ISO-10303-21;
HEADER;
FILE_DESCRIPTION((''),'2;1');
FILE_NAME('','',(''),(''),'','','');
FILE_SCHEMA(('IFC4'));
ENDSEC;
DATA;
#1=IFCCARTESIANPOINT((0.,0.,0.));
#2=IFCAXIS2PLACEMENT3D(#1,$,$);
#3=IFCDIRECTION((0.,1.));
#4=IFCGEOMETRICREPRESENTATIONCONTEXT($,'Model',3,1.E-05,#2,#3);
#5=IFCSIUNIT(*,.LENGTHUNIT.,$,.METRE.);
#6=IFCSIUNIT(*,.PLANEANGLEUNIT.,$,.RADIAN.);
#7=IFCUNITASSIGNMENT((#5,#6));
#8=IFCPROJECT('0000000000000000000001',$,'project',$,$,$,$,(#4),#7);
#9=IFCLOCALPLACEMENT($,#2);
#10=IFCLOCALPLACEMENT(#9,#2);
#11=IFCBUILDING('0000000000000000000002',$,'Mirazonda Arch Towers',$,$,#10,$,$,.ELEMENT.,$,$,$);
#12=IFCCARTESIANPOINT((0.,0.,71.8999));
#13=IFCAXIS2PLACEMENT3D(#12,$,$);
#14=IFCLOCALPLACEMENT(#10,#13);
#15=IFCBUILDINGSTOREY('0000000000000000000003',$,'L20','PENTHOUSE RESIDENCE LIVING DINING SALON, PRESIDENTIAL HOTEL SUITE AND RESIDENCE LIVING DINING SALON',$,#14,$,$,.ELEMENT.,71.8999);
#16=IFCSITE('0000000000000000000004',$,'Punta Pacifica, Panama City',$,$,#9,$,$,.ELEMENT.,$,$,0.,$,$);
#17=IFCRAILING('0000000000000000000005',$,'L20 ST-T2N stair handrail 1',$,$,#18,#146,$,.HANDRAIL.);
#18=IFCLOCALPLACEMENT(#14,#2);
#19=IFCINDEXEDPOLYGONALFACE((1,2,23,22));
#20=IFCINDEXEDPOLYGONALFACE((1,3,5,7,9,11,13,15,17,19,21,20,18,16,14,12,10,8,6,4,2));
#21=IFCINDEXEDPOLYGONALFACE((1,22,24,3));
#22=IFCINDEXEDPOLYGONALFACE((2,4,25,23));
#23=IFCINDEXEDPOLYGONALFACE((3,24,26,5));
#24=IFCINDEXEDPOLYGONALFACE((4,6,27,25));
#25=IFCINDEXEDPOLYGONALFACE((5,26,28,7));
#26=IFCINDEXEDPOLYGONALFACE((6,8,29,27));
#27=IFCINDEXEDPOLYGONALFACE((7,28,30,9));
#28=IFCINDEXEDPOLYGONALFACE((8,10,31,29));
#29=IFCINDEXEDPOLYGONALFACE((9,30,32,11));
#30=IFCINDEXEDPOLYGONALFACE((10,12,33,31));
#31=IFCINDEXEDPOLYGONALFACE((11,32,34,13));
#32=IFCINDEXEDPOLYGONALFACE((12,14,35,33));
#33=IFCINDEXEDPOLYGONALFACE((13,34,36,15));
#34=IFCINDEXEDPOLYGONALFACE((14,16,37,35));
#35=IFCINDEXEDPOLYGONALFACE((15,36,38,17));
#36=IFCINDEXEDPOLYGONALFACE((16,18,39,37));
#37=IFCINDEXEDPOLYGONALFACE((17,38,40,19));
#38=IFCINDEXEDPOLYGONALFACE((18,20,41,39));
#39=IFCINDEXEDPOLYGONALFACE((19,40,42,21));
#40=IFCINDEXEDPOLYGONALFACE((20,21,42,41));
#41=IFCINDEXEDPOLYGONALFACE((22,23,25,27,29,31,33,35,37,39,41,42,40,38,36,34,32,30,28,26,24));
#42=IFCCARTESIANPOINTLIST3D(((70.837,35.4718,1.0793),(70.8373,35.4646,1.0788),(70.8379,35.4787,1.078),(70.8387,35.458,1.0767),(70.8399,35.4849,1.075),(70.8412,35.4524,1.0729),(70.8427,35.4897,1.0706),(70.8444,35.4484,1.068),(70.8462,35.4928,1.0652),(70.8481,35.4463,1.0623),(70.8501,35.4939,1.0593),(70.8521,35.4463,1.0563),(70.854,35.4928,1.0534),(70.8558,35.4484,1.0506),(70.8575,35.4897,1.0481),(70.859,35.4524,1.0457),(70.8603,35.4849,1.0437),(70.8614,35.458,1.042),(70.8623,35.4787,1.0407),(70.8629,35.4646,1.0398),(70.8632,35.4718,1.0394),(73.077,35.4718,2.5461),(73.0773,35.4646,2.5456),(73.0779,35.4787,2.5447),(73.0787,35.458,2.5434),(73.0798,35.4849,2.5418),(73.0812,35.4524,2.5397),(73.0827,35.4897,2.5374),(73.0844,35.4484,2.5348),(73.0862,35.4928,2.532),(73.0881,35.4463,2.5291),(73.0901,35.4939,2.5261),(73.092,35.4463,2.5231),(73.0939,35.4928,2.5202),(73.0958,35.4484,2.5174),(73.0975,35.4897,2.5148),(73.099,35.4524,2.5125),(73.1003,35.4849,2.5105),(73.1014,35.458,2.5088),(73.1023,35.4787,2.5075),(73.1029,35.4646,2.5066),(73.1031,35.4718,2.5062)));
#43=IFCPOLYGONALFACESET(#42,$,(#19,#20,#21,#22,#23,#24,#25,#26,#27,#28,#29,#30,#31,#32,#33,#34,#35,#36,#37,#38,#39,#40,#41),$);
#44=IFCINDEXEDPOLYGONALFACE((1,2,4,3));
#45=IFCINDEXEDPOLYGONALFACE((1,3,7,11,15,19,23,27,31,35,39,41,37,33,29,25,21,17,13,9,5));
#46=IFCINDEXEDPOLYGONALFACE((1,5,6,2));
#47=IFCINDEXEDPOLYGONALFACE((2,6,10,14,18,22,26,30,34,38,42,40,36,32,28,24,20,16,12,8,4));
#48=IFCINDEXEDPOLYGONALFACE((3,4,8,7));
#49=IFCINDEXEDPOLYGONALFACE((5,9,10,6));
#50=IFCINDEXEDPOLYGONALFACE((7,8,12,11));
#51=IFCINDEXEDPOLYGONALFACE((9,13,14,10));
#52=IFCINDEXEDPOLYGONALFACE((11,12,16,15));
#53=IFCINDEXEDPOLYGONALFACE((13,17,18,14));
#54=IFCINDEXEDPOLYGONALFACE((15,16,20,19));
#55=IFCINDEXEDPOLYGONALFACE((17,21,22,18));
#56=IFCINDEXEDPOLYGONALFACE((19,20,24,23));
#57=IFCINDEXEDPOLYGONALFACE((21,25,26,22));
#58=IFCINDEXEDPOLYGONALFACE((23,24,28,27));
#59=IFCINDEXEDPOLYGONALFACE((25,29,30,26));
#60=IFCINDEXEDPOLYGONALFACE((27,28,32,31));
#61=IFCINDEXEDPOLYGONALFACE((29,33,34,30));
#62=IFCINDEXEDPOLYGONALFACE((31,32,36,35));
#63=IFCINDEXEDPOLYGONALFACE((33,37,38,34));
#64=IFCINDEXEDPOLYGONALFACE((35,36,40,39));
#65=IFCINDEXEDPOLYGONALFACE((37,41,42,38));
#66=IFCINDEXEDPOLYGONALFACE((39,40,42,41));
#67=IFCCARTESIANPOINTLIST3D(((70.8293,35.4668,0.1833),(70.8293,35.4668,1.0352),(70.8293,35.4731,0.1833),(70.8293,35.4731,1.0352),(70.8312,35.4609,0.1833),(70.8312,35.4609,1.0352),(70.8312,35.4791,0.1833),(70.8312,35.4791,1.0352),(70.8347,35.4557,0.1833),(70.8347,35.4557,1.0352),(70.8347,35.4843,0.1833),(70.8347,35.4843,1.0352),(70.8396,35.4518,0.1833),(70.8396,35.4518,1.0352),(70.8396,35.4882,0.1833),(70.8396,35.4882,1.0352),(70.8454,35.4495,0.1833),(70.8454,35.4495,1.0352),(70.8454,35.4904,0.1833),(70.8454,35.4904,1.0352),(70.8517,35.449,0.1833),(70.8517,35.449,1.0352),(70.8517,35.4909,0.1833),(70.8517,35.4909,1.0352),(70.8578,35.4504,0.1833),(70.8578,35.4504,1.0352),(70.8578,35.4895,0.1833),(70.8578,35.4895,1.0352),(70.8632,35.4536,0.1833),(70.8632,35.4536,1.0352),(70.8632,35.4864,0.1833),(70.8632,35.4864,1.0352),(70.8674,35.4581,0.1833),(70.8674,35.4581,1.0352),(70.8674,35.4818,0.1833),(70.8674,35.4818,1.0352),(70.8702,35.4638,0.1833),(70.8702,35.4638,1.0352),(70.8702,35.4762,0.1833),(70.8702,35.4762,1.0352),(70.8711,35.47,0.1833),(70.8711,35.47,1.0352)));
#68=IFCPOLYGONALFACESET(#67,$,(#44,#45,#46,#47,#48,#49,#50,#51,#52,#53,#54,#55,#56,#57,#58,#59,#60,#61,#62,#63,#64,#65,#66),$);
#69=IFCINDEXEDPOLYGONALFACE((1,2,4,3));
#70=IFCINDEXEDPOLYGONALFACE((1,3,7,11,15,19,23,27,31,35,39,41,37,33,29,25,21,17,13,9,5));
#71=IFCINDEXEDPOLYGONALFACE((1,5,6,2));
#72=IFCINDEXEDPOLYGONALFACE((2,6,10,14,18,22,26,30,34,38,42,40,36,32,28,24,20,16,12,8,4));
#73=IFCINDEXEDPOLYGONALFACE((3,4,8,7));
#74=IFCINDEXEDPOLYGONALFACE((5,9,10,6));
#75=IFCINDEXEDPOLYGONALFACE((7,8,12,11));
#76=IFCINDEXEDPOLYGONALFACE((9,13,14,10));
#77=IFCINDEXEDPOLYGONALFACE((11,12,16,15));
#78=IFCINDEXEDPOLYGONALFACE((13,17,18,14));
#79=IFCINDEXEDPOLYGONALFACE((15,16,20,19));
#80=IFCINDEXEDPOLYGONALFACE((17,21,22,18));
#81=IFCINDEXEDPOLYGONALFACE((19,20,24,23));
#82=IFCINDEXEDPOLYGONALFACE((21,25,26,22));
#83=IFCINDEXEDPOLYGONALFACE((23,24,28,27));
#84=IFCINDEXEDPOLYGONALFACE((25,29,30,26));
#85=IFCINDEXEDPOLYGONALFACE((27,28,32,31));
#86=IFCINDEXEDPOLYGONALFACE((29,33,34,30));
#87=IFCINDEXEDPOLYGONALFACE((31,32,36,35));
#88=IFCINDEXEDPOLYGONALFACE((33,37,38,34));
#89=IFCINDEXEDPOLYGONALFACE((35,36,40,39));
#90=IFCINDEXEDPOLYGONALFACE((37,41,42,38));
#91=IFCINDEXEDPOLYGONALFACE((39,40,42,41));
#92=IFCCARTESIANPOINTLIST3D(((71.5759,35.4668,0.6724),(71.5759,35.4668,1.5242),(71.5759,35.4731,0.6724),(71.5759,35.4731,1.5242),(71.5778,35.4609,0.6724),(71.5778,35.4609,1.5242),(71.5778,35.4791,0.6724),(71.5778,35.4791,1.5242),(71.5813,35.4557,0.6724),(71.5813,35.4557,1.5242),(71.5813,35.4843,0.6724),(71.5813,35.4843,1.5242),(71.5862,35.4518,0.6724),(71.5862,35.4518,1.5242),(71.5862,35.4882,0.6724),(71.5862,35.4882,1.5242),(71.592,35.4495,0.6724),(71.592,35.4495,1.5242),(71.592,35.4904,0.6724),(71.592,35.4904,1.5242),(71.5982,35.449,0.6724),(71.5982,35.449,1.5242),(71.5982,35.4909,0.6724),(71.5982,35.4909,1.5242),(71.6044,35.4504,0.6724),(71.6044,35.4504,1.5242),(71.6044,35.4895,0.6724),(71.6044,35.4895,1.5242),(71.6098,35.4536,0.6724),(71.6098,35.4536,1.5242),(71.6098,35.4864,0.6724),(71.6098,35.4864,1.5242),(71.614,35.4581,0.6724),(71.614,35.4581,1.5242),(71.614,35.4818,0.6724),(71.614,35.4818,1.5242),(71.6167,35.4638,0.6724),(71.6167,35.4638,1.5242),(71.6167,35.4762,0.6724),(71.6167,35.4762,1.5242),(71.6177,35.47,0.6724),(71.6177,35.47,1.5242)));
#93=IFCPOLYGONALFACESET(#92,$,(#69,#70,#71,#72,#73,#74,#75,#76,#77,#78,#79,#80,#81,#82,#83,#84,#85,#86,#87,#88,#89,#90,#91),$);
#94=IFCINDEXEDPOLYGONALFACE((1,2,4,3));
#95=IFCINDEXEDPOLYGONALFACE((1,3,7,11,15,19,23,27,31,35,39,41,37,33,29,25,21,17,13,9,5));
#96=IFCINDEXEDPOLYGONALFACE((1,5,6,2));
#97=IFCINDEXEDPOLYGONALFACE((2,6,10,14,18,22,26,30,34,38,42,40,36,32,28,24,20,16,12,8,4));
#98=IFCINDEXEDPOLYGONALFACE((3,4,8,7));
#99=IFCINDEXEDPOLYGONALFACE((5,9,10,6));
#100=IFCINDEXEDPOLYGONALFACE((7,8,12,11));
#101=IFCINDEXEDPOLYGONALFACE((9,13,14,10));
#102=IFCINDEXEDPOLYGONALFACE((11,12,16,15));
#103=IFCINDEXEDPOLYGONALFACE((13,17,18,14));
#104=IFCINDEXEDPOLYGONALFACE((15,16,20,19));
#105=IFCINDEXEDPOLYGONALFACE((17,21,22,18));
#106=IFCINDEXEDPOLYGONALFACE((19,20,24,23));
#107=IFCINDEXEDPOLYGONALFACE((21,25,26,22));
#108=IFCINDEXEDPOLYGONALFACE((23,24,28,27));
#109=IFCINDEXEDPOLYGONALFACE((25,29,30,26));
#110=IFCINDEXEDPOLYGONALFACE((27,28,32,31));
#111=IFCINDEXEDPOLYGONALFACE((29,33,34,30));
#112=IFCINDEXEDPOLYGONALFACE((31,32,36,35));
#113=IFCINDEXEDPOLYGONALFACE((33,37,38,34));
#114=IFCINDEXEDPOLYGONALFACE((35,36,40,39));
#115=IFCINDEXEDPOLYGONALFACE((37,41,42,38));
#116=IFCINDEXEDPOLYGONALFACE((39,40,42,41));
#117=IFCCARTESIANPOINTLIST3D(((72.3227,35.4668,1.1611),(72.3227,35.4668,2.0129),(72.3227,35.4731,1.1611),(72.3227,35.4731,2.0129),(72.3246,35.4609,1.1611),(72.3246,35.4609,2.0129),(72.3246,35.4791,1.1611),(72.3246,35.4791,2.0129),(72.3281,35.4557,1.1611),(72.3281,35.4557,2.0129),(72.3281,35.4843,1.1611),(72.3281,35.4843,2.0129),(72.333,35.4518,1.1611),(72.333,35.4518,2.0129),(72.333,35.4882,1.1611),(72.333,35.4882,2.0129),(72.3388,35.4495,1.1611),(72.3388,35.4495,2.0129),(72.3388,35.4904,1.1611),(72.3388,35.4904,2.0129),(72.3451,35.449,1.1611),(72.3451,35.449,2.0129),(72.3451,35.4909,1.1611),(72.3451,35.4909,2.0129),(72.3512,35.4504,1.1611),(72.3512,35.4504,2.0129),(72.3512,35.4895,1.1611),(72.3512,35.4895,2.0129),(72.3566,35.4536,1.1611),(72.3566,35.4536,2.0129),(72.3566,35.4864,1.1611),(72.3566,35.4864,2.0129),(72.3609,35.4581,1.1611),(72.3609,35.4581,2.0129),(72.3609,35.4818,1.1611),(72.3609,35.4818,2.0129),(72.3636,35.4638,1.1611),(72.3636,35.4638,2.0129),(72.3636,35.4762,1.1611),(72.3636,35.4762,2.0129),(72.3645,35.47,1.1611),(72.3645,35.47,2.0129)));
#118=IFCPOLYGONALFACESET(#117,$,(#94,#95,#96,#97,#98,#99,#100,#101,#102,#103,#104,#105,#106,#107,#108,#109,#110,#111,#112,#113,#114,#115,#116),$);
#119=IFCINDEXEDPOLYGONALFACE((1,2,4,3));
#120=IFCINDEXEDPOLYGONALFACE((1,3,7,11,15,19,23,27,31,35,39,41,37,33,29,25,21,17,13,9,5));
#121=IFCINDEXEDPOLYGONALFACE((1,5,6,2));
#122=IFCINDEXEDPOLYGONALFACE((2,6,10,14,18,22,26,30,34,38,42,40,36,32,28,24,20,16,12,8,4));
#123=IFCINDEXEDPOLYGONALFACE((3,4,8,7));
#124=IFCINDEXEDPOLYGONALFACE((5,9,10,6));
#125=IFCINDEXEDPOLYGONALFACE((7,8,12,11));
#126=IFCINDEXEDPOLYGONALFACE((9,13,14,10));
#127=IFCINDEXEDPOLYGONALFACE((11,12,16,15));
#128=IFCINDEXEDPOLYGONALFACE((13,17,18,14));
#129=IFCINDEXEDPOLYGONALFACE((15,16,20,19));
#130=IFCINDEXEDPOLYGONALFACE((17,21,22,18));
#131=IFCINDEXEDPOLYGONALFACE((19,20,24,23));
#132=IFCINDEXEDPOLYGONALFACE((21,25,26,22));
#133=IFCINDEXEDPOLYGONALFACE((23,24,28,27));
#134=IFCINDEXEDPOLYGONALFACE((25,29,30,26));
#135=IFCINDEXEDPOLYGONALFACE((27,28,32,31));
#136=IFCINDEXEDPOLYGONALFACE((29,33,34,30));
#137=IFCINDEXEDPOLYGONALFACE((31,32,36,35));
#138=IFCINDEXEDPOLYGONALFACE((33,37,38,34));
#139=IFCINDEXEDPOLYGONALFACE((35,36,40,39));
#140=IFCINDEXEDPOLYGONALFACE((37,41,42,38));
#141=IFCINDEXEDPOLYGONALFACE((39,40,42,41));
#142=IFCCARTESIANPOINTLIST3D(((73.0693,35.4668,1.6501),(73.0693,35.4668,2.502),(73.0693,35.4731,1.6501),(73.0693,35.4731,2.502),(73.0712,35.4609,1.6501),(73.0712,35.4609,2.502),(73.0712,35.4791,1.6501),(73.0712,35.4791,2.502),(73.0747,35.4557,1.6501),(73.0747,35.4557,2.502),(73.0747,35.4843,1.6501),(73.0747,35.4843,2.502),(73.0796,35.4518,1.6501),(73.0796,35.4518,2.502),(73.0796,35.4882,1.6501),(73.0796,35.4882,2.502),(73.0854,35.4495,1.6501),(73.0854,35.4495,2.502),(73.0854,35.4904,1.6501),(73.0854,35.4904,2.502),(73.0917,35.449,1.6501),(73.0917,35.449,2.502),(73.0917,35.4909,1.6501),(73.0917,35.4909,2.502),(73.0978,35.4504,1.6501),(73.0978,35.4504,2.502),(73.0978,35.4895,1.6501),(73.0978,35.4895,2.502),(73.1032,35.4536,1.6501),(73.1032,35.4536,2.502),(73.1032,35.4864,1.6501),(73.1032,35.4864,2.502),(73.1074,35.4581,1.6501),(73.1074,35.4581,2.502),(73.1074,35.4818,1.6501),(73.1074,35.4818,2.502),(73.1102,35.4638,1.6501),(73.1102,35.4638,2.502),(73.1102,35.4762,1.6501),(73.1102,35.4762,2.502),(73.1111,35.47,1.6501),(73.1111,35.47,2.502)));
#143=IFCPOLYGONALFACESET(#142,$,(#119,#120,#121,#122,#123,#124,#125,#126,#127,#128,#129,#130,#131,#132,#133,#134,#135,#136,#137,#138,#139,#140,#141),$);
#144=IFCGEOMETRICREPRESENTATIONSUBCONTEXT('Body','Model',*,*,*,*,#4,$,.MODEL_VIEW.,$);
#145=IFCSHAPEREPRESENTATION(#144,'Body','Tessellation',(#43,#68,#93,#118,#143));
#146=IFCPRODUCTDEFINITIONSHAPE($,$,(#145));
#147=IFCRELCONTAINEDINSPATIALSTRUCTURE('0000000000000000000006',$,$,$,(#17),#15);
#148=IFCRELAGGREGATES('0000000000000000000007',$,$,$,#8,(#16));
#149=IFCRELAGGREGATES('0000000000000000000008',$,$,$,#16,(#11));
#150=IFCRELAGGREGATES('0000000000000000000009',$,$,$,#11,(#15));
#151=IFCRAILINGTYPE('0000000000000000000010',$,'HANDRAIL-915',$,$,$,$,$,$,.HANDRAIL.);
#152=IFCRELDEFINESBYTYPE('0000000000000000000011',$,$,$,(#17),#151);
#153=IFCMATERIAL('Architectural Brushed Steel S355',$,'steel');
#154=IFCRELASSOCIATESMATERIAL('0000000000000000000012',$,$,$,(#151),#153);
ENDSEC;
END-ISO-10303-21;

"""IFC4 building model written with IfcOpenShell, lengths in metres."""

from ifc_helpers import new_model, si_unit, direction, frame, origin, origin_2d, place, context, subcontext, project, spatial, circle, extrude, material, type_object, element, save


model = new_model("IFC4")

# Units and contexts
model_context = context("Model", 3, precision=1e-05, world=origin(), true_north=direction((0.0, 1.0)))
body_context = subcontext(model_context, "Body", "Model", "MODEL_VIEW")
ifc_project = project(units=[si_unit("LENGTHUNIT", "METRE"), si_unit("PLANEANGLEUNIT", "RADIAN")], contexts=[model_context])

# Site, building, storey
site_placement = place(None, origin())
site = spatial("IfcSite", under=ifc_project, at=site_placement, Name="Punta Pacifica, Panama City", CompositionType="ELEMENT", RefElevation=0.0)
building_placement = place(site_placement, origin())
building = spatial("IfcBuilding", under=site, at=building_placement, Name="Mirazonda Arch Towers", CompositionType="ELEMENT")
storey_placement = place(building_placement, frame((0.0, 0.0, 71.8999)))
storey = spatial("IfcBuildingStorey", under=building, at=storey_placement, Name="L20", Description="PENTHOUSE RESIDENCE LIVING DINING SALON, PRESIDENTIAL HOTEL SUITE AND RESIDENCE LIVING DINING SALON", CompositionType="ELEMENT", Elevation=71.8999)

# Shared definitions
ifc_material_1 = material(Name="Architectural Brushed Steel S355", Category="steel")

# Railing
railing_type_1 = type_object("IfcRailingType", Name="HANDRAIL-915", PredefinedType="HANDRAIL", material=ifc_material_1)
railing_1_placement = place(storey_placement, frame((70.8501, 35.47, 0.1833)))
element("IfcRailing", 1, at=railing_1_placement, inside=storey, type_object=railing_type_1, Name="L20 ST-T2N stair handrail 1", PredefinedType="HANDRAIL", context=body_context, shape_type="SweptSolid", body=[
    extrude(circle(Radius=0.0239, at=origin_2d()), frame((0.0, 0.0, 0.876), z_axis=(0.836595, 0.0, 0.547822), x_axis=(0.0, 1.0, 0.0)), (0.0, 0.0, 1.0), 2.6775),
    extrude(circle(Radius=0.021, at=origin_2d()), origin(), (0.0, 0.0, 1.0), 0.8518),
    extrude(circle(Radius=0.021, at=origin_2d()), frame((0.7466, 0.0, 0.489)), (0.0, 0.0, 1.0), 0.8518),
    extrude(circle(Radius=0.021, at=origin_2d()), frame((1.4934, 0.0, 0.9778)), (0.0, 0.0, 1.0), 0.8518),
    extrude(circle(Radius=0.021, at=origin_2d()), frame((2.24, 0.0, 1.4668)), (0.0, 0.0, 1.0), 0.8518),
])

save(model, "model.ifc")
